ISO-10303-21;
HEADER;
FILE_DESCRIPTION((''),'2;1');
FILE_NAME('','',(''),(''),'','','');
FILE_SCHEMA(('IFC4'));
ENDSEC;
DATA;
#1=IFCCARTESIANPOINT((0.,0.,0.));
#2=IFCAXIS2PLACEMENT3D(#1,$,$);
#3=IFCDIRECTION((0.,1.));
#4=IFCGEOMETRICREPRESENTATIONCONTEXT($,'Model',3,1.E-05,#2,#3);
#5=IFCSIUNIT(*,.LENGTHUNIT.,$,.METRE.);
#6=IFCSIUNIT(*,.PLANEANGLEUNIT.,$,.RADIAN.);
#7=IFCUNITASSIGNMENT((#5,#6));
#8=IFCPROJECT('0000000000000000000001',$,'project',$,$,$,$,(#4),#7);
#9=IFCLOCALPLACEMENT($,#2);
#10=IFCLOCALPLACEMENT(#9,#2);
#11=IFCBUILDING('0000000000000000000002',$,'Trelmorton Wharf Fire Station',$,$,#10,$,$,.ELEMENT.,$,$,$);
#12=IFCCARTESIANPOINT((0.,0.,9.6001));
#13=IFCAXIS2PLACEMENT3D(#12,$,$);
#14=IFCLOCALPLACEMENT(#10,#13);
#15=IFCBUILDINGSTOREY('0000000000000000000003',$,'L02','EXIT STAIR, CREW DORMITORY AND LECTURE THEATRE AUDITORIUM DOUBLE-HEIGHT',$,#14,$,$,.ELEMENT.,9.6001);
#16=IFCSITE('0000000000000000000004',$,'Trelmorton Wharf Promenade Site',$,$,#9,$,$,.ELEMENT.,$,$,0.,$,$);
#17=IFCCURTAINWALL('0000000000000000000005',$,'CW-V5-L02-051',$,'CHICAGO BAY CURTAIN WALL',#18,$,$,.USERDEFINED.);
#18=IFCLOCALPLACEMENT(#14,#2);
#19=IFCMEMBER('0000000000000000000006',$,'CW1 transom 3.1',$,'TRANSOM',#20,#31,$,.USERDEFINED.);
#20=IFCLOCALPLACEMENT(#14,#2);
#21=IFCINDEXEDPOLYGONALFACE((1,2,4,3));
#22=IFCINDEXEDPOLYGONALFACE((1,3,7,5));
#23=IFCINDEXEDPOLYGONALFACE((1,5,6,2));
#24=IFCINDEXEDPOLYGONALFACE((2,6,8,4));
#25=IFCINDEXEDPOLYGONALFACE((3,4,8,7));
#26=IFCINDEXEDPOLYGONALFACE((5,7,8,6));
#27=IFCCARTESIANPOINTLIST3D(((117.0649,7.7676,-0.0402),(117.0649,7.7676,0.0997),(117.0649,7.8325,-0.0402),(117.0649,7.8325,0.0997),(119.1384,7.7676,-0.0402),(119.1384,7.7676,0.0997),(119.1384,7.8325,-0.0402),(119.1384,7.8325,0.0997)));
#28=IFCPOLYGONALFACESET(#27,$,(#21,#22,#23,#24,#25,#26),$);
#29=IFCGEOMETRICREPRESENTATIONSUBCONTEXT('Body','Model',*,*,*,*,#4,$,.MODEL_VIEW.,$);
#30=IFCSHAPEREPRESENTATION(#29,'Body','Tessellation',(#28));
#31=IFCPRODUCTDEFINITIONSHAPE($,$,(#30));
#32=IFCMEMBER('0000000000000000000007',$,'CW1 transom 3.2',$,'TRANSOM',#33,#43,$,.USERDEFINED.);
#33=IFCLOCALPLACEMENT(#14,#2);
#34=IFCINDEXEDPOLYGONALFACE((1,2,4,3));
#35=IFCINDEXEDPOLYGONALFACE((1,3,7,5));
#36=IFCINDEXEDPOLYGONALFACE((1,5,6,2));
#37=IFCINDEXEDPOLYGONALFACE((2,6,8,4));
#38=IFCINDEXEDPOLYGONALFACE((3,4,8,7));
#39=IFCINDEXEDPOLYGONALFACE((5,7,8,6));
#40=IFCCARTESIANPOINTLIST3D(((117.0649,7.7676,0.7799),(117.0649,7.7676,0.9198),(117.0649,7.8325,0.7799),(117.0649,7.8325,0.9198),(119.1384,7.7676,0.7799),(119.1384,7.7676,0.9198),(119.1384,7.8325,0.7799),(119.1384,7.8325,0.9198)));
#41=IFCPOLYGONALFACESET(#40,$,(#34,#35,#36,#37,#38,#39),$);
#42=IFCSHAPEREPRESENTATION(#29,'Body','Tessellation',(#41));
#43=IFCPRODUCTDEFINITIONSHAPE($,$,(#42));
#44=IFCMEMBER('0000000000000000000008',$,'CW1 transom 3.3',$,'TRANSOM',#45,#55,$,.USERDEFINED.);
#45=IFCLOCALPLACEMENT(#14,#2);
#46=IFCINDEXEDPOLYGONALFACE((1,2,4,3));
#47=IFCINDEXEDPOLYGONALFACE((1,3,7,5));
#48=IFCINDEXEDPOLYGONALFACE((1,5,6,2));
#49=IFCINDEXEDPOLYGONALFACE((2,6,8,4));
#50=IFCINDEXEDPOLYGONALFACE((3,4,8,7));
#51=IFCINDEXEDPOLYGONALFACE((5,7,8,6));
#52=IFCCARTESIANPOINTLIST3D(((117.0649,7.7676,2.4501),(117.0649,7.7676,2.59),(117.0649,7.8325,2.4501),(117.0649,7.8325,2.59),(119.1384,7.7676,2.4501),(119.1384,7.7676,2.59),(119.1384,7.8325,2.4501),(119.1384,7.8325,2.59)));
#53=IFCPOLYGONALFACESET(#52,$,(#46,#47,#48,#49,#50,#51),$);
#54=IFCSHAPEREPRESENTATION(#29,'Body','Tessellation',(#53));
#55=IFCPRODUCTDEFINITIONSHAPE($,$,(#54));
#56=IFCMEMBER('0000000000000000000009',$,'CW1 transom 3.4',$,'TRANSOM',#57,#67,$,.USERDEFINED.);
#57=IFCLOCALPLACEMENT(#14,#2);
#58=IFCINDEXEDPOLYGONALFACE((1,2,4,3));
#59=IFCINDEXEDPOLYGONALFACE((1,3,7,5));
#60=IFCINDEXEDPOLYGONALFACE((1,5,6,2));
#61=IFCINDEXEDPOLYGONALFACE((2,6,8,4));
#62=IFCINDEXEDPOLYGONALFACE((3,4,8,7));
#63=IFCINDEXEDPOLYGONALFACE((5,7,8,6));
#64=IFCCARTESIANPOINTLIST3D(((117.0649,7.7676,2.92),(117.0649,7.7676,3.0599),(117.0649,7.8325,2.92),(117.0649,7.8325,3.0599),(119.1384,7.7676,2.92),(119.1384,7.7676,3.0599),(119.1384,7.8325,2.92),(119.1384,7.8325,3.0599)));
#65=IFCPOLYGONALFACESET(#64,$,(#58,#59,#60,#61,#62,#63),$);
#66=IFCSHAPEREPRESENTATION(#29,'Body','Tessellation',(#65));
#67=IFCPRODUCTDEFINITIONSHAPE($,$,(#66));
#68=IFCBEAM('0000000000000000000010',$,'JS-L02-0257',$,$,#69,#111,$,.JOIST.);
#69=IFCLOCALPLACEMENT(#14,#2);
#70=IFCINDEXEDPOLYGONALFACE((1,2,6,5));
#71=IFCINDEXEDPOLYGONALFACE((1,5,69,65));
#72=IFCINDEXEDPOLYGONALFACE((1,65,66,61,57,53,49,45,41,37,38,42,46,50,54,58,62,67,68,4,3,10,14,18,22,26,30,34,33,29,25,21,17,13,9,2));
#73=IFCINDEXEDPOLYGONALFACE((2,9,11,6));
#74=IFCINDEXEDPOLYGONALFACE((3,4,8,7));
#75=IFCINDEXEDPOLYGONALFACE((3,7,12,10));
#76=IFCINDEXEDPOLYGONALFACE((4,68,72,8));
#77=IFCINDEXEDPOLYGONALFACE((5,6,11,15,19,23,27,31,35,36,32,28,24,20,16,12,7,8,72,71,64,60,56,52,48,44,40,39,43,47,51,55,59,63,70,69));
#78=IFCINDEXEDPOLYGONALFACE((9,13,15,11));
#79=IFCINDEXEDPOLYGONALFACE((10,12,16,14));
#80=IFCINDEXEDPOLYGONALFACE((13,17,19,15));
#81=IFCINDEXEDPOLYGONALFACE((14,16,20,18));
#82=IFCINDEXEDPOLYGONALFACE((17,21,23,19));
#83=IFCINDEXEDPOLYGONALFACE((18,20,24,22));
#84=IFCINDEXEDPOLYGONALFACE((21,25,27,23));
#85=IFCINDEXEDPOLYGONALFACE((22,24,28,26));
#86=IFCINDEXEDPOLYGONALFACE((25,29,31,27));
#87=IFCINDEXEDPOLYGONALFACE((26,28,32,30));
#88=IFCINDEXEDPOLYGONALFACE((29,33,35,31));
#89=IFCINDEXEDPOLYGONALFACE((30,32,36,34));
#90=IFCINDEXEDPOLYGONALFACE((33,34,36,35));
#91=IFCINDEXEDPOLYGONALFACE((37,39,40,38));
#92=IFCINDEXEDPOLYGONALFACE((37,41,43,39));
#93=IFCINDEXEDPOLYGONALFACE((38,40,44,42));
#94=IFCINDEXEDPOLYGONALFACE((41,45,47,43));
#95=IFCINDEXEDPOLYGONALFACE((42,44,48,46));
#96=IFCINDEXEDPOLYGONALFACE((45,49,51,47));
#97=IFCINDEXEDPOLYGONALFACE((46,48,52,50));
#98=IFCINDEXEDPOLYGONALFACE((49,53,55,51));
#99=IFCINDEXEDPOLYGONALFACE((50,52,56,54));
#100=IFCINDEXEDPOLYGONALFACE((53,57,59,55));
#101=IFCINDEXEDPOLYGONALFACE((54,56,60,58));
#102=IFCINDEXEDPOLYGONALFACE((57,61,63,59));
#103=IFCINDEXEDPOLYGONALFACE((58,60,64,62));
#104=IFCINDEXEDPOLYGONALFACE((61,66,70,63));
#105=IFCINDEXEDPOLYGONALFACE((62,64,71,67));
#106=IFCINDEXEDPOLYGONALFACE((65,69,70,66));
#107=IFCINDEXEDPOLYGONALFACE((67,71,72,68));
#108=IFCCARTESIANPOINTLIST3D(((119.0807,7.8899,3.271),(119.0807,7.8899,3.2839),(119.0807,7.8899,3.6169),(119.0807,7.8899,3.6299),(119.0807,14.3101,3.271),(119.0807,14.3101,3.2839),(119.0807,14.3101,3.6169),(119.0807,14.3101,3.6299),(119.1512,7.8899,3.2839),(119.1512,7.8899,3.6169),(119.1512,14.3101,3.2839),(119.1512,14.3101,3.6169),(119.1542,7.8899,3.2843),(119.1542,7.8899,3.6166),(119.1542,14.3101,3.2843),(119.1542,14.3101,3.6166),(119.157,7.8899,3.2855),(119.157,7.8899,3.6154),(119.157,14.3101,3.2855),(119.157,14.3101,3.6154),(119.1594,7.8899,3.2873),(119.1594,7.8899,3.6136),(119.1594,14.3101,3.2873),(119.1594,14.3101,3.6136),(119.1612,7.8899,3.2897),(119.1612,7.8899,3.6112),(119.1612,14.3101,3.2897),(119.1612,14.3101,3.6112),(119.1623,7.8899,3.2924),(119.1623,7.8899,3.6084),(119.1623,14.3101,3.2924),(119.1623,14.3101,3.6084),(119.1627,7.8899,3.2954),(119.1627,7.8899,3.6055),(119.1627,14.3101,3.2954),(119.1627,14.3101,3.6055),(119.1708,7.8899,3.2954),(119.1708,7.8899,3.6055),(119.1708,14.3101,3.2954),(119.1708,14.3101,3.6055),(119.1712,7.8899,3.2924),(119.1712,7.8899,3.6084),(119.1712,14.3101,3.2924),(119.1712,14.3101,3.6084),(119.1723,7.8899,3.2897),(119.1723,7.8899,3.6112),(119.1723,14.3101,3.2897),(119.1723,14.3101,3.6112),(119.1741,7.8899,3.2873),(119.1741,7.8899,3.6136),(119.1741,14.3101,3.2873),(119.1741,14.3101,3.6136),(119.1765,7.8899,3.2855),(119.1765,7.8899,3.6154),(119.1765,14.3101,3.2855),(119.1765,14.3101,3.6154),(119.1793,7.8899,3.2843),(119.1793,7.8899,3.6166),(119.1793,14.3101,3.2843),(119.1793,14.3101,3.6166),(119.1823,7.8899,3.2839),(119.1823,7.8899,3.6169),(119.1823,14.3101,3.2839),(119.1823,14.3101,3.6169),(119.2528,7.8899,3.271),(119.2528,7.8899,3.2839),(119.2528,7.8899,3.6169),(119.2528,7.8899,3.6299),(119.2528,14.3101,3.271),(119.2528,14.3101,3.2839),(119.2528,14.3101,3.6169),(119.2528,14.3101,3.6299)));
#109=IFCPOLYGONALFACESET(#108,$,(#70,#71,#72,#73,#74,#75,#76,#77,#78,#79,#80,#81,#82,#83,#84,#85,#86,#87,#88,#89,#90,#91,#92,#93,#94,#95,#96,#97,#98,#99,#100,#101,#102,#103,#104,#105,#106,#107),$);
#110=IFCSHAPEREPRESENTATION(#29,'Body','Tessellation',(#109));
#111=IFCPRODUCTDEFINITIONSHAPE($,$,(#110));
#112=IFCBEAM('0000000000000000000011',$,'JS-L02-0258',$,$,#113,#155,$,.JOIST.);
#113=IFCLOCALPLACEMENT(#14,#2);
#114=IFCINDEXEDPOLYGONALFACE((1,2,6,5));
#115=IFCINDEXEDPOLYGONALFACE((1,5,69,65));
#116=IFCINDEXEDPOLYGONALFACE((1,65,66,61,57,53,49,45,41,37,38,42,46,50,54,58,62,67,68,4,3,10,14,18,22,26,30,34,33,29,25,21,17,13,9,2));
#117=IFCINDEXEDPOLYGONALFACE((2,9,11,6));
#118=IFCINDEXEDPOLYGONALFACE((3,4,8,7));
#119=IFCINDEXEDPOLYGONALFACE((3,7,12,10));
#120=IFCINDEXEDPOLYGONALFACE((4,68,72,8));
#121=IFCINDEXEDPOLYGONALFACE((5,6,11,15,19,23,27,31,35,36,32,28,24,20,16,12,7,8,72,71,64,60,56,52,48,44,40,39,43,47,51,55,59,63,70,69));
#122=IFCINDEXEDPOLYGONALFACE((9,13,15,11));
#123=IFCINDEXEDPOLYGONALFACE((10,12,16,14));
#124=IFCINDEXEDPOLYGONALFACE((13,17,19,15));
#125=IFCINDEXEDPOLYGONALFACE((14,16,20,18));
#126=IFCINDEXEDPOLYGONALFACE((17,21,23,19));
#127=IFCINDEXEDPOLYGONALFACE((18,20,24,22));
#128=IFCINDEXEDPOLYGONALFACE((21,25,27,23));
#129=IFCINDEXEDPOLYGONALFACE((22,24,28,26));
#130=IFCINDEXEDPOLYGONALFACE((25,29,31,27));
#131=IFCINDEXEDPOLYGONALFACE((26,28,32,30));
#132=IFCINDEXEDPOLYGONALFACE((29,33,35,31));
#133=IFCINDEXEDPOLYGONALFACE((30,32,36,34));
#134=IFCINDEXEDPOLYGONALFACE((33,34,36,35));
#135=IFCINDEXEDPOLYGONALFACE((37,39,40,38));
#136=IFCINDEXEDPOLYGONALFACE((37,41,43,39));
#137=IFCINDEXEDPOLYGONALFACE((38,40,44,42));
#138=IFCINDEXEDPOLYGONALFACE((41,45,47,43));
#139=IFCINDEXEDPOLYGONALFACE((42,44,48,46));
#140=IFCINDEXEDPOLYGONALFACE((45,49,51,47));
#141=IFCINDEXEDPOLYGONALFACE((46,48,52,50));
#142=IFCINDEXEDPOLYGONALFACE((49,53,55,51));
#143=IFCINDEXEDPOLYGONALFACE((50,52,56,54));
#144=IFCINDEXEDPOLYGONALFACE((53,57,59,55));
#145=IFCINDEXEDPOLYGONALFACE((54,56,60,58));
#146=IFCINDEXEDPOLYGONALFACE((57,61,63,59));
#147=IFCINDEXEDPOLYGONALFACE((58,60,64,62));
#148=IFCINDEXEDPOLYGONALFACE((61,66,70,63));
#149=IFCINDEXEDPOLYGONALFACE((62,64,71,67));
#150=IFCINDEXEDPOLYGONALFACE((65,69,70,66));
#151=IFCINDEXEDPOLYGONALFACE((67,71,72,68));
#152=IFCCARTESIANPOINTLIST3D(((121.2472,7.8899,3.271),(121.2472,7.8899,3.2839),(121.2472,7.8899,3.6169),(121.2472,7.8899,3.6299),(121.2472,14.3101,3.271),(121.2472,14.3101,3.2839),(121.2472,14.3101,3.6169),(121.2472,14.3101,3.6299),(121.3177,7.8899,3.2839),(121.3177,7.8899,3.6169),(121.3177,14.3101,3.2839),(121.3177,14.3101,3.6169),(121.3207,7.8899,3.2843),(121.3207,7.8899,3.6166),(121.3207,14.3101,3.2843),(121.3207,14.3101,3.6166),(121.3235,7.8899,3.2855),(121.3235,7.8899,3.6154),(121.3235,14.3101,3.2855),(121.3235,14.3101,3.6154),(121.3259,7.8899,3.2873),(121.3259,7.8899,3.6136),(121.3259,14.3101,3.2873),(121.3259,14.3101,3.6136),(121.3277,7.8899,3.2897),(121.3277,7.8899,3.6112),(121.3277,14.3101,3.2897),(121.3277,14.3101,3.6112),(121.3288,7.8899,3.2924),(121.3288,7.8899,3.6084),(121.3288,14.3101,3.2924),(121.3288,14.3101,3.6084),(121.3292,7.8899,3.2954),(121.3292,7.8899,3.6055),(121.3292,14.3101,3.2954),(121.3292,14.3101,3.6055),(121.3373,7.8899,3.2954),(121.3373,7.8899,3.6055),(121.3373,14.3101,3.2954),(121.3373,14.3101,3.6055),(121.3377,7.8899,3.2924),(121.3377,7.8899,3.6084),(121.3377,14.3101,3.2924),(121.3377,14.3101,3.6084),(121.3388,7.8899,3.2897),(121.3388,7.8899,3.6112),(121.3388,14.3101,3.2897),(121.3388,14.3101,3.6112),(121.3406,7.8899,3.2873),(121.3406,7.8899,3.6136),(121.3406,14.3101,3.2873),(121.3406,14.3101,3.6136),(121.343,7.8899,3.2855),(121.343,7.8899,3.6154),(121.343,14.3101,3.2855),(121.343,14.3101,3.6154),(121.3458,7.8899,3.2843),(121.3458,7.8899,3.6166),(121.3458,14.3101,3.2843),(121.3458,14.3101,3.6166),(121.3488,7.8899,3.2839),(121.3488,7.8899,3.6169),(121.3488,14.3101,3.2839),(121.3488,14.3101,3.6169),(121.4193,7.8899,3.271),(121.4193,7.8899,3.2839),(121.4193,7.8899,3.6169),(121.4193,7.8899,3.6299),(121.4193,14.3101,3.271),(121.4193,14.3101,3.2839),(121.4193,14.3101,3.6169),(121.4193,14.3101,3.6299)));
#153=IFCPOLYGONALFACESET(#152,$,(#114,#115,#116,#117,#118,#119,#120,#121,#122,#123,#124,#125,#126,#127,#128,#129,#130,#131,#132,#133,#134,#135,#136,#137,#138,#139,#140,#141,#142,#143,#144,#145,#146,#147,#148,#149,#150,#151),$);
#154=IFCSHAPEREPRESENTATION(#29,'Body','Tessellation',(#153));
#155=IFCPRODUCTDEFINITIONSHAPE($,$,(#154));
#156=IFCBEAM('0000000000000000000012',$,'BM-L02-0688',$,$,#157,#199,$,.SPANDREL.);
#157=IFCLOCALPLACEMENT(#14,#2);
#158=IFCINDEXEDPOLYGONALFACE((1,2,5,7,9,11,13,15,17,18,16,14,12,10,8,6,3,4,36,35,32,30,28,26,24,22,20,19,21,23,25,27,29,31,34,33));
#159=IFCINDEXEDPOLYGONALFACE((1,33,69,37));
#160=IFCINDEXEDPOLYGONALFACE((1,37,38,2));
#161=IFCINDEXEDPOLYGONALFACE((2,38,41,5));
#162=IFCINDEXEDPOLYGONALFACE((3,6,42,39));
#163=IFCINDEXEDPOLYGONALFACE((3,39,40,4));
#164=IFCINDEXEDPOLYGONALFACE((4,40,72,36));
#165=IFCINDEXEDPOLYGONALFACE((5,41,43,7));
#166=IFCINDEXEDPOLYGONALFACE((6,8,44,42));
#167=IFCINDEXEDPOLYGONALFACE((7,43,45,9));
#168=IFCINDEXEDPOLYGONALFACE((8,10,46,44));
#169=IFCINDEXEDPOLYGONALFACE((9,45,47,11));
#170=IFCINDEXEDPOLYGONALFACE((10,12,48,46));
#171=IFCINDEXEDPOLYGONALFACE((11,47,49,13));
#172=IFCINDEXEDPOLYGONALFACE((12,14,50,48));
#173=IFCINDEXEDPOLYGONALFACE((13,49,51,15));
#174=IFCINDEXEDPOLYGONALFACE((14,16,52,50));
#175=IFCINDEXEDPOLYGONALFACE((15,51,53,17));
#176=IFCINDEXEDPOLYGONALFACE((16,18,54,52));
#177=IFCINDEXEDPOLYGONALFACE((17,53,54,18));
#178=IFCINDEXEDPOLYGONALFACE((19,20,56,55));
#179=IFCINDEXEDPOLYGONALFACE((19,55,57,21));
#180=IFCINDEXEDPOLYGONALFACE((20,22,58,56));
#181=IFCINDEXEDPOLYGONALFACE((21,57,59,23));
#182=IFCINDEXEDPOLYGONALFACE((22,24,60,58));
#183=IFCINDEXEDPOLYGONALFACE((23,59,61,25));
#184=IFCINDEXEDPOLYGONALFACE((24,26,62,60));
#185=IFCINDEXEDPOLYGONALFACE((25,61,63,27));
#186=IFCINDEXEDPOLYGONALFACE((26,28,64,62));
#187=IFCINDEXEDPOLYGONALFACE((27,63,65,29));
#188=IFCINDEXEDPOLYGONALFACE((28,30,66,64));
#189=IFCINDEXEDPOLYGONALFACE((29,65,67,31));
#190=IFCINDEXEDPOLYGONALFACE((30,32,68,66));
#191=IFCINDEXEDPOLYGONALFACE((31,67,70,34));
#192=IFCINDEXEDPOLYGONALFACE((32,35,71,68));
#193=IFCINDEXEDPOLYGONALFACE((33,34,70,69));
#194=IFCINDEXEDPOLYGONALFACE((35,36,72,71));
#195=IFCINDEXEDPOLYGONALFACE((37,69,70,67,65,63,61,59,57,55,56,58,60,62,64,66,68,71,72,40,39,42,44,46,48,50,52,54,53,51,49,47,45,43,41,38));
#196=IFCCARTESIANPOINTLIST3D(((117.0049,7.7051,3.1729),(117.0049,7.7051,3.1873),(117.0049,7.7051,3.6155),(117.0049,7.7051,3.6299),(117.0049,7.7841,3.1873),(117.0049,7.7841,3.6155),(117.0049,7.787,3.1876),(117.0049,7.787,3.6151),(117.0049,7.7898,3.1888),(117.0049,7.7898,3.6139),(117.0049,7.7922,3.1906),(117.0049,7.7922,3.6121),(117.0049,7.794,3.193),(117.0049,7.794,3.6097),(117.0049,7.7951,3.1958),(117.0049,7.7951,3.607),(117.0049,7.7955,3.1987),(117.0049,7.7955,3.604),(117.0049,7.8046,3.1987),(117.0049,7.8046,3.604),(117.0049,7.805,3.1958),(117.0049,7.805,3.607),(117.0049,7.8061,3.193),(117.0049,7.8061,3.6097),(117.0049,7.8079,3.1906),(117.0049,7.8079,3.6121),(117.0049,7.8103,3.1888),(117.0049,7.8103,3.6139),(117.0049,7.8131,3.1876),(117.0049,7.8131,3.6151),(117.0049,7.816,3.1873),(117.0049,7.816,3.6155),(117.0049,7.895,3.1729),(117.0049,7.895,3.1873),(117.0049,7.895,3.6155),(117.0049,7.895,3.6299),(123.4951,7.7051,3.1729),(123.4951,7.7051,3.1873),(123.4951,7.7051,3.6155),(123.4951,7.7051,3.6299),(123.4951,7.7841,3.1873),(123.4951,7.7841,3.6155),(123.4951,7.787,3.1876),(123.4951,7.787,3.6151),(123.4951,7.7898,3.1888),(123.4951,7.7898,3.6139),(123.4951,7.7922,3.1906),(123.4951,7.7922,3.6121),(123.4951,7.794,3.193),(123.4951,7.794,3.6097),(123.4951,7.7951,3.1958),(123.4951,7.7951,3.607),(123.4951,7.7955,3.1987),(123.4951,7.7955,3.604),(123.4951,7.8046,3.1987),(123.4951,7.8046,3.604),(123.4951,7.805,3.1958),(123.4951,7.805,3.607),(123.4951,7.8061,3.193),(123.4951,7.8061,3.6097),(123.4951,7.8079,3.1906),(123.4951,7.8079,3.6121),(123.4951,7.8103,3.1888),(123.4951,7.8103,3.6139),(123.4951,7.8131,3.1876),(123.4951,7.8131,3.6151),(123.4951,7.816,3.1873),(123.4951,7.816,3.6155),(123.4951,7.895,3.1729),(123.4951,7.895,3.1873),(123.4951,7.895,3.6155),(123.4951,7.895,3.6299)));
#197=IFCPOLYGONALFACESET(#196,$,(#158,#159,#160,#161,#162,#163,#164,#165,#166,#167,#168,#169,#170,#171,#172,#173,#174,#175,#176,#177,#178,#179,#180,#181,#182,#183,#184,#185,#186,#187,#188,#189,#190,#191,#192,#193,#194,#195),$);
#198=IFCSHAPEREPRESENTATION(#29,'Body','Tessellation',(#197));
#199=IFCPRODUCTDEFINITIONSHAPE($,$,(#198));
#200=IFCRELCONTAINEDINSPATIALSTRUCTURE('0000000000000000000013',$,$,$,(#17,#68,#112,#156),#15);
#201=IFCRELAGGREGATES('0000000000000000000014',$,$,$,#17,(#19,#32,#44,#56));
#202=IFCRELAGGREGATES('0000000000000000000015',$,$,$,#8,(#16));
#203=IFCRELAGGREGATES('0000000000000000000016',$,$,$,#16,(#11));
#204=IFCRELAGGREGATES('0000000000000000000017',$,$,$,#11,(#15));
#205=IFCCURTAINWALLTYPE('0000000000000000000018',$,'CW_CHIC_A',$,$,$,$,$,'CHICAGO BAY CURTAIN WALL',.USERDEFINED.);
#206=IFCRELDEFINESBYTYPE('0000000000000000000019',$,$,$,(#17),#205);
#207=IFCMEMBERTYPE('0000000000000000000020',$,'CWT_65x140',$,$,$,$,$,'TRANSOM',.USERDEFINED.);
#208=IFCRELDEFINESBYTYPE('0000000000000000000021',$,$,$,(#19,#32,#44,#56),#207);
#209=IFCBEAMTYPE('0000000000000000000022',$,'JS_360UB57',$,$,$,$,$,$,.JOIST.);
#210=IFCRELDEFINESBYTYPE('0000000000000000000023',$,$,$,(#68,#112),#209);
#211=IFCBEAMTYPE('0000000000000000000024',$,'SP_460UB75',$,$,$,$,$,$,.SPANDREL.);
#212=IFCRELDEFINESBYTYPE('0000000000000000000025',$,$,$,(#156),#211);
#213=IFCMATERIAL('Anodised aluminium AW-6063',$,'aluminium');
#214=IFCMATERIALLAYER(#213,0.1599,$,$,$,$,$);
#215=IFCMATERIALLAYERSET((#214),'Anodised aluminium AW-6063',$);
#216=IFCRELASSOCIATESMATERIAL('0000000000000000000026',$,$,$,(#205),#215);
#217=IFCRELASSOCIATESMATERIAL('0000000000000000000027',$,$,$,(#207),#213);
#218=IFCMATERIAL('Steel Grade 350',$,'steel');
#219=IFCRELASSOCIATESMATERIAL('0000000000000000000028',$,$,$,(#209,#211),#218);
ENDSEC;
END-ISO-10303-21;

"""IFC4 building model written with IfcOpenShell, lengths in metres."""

from ifc_helpers import new_model, si_unit, direction, frame, origin, origin_2d, place, context, subcontext, project, spatial, rectangle, i_section, extrude, material, layer, layer_set, material_profile, profile_set, type_object, element, aggregate, save


model = new_model("IFC4")

# Units and contexts
model_context = context("Model", 3, precision=1e-05, world=origin(), true_north=direction((0.0, 1.0)))
body_context = subcontext(model_context, "Body", "Model", "MODEL_VIEW")
ifc_project = project(units=[si_unit("LENGTHUNIT", "METRE"), si_unit("PLANEANGLEUNIT", "RADIAN")], contexts=[model_context])

# Site, building, storey
site_placement = place(None, origin())
site = spatial("IfcSite", under=ifc_project, at=site_placement, Name="Trelmorton Wharf Promenade Site", CompositionType="ELEMENT", RefElevation=0.0)
building_placement = place(site_placement, origin())
building = spatial("IfcBuilding", under=site, at=building_placement, Name="Trelmorton Wharf Fire Station", CompositionType="ELEMENT")
storey_placement = place(building_placement, frame((0.0, 0.0, 9.6001)))
storey = spatial("IfcBuildingStorey", under=building, at=storey_placement, Name="L02", Description="EXIT STAIR, CREW DORMITORY AND LECTURE THEATRE AUDITORIUM DOUBLE-HEIGHT", CompositionType="ELEMENT", Elevation=9.6001)

# Shared definitions
ifc_material_1 = material(Name="Steel Grade 350", Category="steel")

# Curtain wall, members
ifc_material_2 = material(Name="Anodised aluminium AW-6063", Category="aluminium")
ifc_layer_1 = layer(ifc_material_2, 0.1599)
ifc_layer_set_1 = layer_set([ifc_layer_1], Name="Anodised aluminium AW-6063")
curtain_wall_type = type_object("IfcCurtainWallType", Name="CW_CHIC_A", ElementType="CHICAGO BAY CURTAIN WALL", PredefinedType="USERDEFINED", material=ifc_layer_set_1)
curtain_wall_placement = place(storey_placement, origin())
curtain_wall = element("IfcCurtainWall", 1, at=curtain_wall_placement, inside=storey, type_object=curtain_wall_type, Name="CW-V5-L02-051", ObjectType="CHICAGO BAY CURTAIN WALL", PredefinedType="USERDEFINED")
ifc_material_profile_1 = material_profile(ifc_material_2, rectangle(XDim=0.0649, YDim=0.1399, at=origin_2d()), Name="ALU-65x140")
ifc_profile_set_1 = profile_set([ifc_material_profile_1], Name="Anodised aluminium AW-6063")
member_type_1 = type_object("IfcMemberType", Name="CWT_65x140", ElementType="TRANSOM", PredefinedType="USERDEFINED", material=ifc_profile_set_1)
member_1_placement = place(storey_placement, frame((119.1384, 7.8, 0.0298), z_axis=(-1.0, 0.0, 0.0), x_axis=(0.0, -1.0, 0.0)))
member_1 = element("IfcMember", 2, at=member_1_placement, type_object=member_type_1, Name="CW1 transom 3.1", ObjectType="TRANSOM", PredefinedType="USERDEFINED", context=body_context, shape_type="SweptSolid", body=[
    extrude(rectangle(XDim=0.0649, YDim=0.1399, at=origin_2d()), origin(), (0.0, 0.0, 1.0), 2.0735),
])
member_2_placement = place(storey_placement, frame((119.1384, 7.8, 0.8499), z_axis=(-1.0, 0.0, 0.0), x_axis=(0.0, -1.0, 0.0)))
member_2 = element("IfcMember", 3, at=member_2_placement, type_object=member_type_1, Name="CW1 transom 3.2", ObjectType="TRANSOM", PredefinedType="USERDEFINED", context=body_context, shape_type="SweptSolid", body=[
    extrude(rectangle(XDim=0.0649, YDim=0.1399, at=origin_2d()), origin(), (0.0, 0.0, 1.0), 2.0735),
])
member_3_placement = place(storey_placement, frame((119.1384, 7.8, 2.52), z_axis=(-1.0, 0.0, 0.0), x_axis=(0.0, -1.0, 0.0)))
member_3 = element("IfcMember", 4, at=member_3_placement, type_object=member_type_1, Name="CW1 transom 3.3", ObjectType="TRANSOM", PredefinedType="USERDEFINED", context=body_context, shape_type="SweptSolid", body=[
    extrude(rectangle(XDim=0.0649, YDim=0.1399, at=origin_2d()), origin(), (0.0, 0.0, 1.0), 2.0735),
])
member_4_placement = place(storey_placement, frame((119.1384, 7.8, 2.99), z_axis=(-1.0, 0.0, 0.0), x_axis=(0.0, -1.0, 0.0)))
member_4 = element("IfcMember", 5, at=member_4_placement, type_object=member_type_1, Name="CW1 transom 3.4", ObjectType="TRANSOM", PredefinedType="USERDEFINED", context=body_context, shape_type="SweptSolid", body=[
    extrude(rectangle(XDim=0.0649, YDim=0.1399, at=origin_2d()), origin(), (0.0, 0.0, 1.0), 2.0735),
])

# Beams
ifc_material_profile_2 = material_profile(ifc_material_1, i_section(OverallWidth=0.1721, OverallDepth=0.3589, WebThickness=0.0081, FlangeThickness=0.0129, FilletRadius=0.0115, at=origin_2d()), Name="360UB56.7")
ifc_profile_set_2 = profile_set([ifc_material_profile_2], Name="Steel Grade 350")
beam_type_1 = type_object("IfcBeamType", Name="JS_360UB57", PredefinedType="JOIST", material=ifc_profile_set_2)
for number, where, z_axis, x_axis, name in (
    (6, (119.1667, 7.8899, 3.4504), (0.0, 1.0, 0.0), (-1.0, 0.0, 0.0), "JS-L02-0257"),
    (7, (121.3333, 7.8899, 3.4504), (0.0, 1.0, 0.0), (-1.0, 0.0, 0.0), "JS-L02-0258"),
):
    element("IfcBeam", number, at=place(storey_placement, frame(where, z_axis=z_axis, x_axis=x_axis)), inside=storey, type_object=beam_type_1, Name=name, PredefinedType="JOIST", context=body_context, shape_type="SweptSolid", body=[
        extrude(i_section(OverallWidth=0.1721, OverallDepth=0.3589, WebThickness=0.0081, FlangeThickness=0.0129, FilletRadius=0.0115, at=origin_2d()), origin(), (0.0, 0.0, 1.0), 6.4202),
    ])
ifc_material_profile_3 = material_profile(ifc_material_1, i_section(OverallWidth=0.1899, OverallDepth=0.457, WebThickness=0.009, FlangeThickness=0.0144, FilletRadius=0.0115, at=origin_2d()), Name="460UB74.6")
ifc_profile_set_3 = profile_set([ifc_material_profile_3], Name="Steel Grade 350")
beam_type_2 = type_object("IfcBeamType", Name="SP_460UB75", PredefinedType="SPANDREL", material=ifc_profile_set_3)
beam_1_placement = place(storey_placement, frame((117.0049, 7.8, 3.4014), z_axis=(1.0, 0.0, 0.0), x_axis=(0.0, 1.0, 0.0)))
element("IfcBeam", 8, at=beam_1_placement, inside=storey, type_object=beam_type_2, Name="BM-L02-0688", PredefinedType="SPANDREL", context=body_context, shape_type="SweptSolid", body=[
    extrude(i_section(OverallWidth=0.1899, OverallDepth=0.457, WebThickness=0.009, FlangeThickness=0.0144, FilletRadius=0.0115, at=origin_2d()), origin(), (0.0, 0.0, 1.0), 6.4902),
])

aggregate(curtain_wall, [member_1, member_2, member_3, member_4])

save(model, "model.ifc")
